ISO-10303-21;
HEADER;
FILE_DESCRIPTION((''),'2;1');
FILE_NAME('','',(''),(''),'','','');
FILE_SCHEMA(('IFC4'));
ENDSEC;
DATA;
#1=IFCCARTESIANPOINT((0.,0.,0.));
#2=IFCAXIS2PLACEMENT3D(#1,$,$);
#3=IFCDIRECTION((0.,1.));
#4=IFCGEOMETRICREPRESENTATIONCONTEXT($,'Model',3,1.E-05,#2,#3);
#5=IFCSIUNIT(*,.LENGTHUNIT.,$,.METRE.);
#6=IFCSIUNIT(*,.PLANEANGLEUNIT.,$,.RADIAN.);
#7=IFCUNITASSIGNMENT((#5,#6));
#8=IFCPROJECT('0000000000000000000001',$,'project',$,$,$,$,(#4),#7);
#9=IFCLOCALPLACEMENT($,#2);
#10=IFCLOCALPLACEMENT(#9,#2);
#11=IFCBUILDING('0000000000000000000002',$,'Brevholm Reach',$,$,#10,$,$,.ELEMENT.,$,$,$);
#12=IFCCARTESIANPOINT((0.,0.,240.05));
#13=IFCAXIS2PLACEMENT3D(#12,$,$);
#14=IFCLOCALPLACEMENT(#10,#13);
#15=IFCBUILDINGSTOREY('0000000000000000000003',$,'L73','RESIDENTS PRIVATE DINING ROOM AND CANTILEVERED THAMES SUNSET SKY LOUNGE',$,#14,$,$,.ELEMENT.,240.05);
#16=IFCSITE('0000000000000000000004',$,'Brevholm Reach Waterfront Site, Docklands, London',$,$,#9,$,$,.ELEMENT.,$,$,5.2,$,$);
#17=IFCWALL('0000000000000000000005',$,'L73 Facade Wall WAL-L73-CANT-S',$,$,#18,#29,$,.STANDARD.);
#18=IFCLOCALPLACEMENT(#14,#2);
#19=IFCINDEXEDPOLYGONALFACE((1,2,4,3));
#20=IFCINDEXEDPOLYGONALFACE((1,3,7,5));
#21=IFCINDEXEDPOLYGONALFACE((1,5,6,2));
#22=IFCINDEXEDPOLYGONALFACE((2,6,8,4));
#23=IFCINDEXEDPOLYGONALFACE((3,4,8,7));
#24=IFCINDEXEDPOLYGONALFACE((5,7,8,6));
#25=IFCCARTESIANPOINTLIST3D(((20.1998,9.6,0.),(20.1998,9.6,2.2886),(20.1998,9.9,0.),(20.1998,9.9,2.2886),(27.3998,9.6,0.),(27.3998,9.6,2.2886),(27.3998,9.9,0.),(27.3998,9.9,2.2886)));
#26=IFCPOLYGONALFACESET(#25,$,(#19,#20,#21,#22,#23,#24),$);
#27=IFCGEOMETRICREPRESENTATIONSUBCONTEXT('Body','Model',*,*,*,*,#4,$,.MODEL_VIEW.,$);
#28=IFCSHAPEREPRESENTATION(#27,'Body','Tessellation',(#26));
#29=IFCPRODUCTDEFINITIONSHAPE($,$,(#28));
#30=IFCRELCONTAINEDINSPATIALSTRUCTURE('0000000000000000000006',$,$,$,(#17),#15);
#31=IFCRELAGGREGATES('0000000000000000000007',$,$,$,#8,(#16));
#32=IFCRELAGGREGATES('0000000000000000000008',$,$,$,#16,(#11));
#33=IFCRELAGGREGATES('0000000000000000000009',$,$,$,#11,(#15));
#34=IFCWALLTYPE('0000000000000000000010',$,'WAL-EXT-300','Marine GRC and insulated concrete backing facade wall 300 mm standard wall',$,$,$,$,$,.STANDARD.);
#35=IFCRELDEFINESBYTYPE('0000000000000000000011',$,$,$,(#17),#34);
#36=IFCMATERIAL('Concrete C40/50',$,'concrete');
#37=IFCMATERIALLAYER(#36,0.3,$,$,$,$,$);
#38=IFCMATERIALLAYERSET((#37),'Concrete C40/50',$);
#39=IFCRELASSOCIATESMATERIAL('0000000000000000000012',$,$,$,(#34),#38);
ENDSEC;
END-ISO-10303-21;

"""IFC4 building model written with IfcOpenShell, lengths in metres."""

from ifc_helpers import new_model, si_unit, direction, frame, frame_2d, origin, place, context, subcontext, project, spatial, rectangle, extrude, material, layer, layer_set, type_object, element, save


model = new_model("IFC4")

# Units and contexts
model_context = context("Model", 3, precision=1e-05, world=origin(), true_north=direction((0.0, 1.0)))
body_context = subcontext(model_context, "Body", "Model", "MODEL_VIEW")
ifc_project = project(units=[si_unit("LENGTHUNIT", "METRE"), si_unit("PLANEANGLEUNIT", "RADIAN")], contexts=[model_context])

# Site, building, storey
site_placement = place(None, origin())
site = spatial("IfcSite", under=ifc_project, at=site_placement, Name="Brevholm Reach Waterfront Site, Docklands, London", CompositionType="ELEMENT", RefElevation=5.2)
building_placement = place(site_placement, origin())
building = spatial("IfcBuilding", under=site, at=building_placement, Name="Brevholm Reach", CompositionType="ELEMENT")
storey_placement = place(building_placement, frame((0.0, 0.0, 240.05)))
storey = spatial("IfcBuildingStorey", under=building, at=storey_placement, Name="L73", Description="RESIDENTS PRIVATE DINING ROOM AND CANTILEVERED THAMES SUNSET SKY LOUNGE", CompositionType="ELEMENT", Elevation=240.05)

# Shared definitions
ifc_material_1 = material(Name="Concrete C40/50", Category="concrete")
ifc_layer_1 = layer(ifc_material_1, 0.3)
ifc_layer_set_1 = layer_set([ifc_layer_1], Name="Concrete C40/50")
wall_type = type_object("IfcWallType", Name="WAL-EXT-300", Description="Marine GRC and insulated concrete backing facade wall 300 mm standard wall", PredefinedType="STANDARD", material=ifc_layer_set_1)

# Wall
wall_1_placement = place(storey_placement, frame((27.3999, 9.75, 0.0), z_axis=(0.0, 0.0, 1.0), x_axis=(-1.0, 0.0, 0.0)))
element("IfcWall", 1, at=wall_1_placement, inside=storey, type_object=wall_type, Name="L73 Facade Wall WAL-L73-CANT-S", PredefinedType="STANDARD", context=body_context, shape_type="SweptSolid", body=[
    extrude(rectangle(XDim=7.2, YDim=0.3, at=frame_2d((3.6001, 0.0))), origin(), (0.0, 0.0, 1.0), 2.2886),
])

save(model, "model.ifc")
